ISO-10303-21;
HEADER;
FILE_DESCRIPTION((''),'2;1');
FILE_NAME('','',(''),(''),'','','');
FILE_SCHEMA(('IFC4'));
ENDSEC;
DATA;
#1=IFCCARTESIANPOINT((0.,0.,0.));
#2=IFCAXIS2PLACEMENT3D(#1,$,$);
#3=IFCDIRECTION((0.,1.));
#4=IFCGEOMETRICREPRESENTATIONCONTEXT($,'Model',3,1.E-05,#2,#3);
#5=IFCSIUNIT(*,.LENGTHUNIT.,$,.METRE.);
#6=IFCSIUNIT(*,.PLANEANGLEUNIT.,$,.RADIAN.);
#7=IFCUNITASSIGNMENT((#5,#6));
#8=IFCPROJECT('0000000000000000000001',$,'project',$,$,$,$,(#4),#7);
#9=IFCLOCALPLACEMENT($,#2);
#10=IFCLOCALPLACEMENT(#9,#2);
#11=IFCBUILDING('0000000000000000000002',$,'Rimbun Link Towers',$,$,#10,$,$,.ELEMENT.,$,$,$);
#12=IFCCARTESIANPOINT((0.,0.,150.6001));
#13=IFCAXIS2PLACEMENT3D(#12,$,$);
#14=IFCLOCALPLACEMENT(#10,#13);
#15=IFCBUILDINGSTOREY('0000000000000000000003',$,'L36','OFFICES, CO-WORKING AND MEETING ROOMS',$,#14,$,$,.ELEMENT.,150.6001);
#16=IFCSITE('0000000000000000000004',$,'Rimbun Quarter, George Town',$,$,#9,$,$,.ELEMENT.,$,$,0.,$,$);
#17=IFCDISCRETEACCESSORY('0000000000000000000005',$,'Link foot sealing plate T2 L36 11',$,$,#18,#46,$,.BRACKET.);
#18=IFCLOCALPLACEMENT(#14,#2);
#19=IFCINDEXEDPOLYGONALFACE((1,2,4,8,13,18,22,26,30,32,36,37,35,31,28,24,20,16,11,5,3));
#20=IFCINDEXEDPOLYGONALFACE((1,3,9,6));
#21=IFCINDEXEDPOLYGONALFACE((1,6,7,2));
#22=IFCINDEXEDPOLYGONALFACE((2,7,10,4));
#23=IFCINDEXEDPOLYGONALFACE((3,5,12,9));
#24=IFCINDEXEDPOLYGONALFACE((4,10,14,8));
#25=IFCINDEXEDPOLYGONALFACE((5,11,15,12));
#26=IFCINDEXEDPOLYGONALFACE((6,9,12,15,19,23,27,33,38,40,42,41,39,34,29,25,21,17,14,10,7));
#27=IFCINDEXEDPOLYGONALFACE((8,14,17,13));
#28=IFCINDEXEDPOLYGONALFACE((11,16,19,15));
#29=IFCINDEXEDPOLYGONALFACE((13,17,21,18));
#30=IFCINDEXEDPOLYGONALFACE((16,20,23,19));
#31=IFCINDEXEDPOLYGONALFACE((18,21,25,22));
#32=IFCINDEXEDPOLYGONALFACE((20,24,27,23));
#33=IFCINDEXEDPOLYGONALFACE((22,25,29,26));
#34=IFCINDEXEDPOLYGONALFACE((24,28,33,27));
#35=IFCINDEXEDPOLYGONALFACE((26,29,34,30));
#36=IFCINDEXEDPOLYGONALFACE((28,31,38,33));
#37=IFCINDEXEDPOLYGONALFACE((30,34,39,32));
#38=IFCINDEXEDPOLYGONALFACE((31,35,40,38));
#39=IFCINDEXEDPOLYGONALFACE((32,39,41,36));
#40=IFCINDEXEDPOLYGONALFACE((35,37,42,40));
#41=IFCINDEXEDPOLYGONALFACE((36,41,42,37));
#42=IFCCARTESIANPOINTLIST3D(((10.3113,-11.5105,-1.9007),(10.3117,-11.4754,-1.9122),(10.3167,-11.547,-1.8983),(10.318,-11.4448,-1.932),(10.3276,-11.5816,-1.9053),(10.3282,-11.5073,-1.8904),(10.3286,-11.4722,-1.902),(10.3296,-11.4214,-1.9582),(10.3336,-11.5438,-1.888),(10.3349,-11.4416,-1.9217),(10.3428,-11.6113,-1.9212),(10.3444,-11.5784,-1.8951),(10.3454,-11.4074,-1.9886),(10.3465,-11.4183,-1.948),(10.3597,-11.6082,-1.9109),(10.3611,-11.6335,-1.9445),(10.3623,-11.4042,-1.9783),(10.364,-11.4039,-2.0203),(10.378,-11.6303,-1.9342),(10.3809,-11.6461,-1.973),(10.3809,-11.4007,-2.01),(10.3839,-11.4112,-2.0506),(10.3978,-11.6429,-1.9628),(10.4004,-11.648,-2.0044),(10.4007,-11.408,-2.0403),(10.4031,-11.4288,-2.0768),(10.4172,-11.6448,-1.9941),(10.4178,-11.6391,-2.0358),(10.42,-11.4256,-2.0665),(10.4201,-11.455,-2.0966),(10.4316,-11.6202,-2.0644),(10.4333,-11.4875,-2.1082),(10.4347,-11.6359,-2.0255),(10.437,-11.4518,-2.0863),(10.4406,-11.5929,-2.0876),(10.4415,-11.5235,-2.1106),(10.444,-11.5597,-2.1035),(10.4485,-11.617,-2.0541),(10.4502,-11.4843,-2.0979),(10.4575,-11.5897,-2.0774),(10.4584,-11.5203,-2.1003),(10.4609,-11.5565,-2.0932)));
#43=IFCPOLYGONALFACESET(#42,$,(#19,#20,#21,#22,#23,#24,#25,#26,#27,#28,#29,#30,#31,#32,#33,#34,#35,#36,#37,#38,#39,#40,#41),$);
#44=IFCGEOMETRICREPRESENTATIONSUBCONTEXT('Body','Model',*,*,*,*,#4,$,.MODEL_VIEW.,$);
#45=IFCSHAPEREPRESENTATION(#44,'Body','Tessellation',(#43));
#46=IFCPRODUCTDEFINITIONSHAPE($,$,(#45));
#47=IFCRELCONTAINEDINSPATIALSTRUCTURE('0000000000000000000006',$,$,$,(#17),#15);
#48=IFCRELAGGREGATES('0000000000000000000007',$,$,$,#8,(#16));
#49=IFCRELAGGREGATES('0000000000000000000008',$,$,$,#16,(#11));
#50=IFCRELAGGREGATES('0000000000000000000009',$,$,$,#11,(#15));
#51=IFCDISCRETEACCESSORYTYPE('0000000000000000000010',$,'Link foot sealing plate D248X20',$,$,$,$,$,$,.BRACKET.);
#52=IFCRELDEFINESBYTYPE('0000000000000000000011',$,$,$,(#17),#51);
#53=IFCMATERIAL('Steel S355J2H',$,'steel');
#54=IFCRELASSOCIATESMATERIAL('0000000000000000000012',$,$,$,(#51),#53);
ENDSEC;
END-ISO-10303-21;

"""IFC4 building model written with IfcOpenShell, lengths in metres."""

from ifc_helpers import new_model, si_unit, direction, frame, origin, origin_2d, place, context, subcontext, project, spatial, circle, extrude, material, material_profile, profile_set, type_object, element, save


model = new_model("IFC4")

# Units and contexts
model_context = context("Model", 3, precision=1e-05, world=origin(), true_north=direction((0.0, 1.0)))
body_context = subcontext(model_context, "Body", "Model", "MODEL_VIEW")
ifc_project = project(units=[si_unit("LENGTHUNIT", "METRE"), si_unit("PLANEANGLEUNIT", "RADIAN")], contexts=[model_context])

# Site, building, storey
site_placement = place(None, origin())
site = spatial("IfcSite", under=ifc_project, at=site_placement, Name="Rimbun Quarter, George Town", CompositionType="ELEMENT", RefElevation=0.0)
building_placement = place(site_placement, origin())
building = spatial("IfcBuilding", under=site, at=building_placement, Name="Rimbun Link Towers", CompositionType="ELEMENT")
storey_placement = place(building_placement, frame((0.0, 0.0, 150.6001)))
storey = spatial("IfcBuildingStorey", under=building, at=storey_placement, Name="L36", Description="OFFICES, CO-WORKING AND MEETING ROOMS", CompositionType="ELEMENT", Elevation=150.6001)

# Discrete accessory
ifc_material_1 = material(Name="Steel S355J2H", Category="steel")
ifc_material_profile_1 = material_profile(ifc_material_1, circle(Radius=0.124, at=origin_2d()), Name="PL D248")
ifc_profile_set_1 = profile_set([ifc_material_profile_1], Name="Steel S355J2H")
discrete_accessory_type = type_object("IfcDiscreteAccessoryType", Name="Link foot sealing plate D248X20", PredefinedType="BRACKET", material=ifc_profile_set_1)
discrete_accessory_placement = place(storey_placement, frame((10.3943, -11.5229, -1.9941), z_axis=(-0.843347, -0.158891, -0.513342), x_axis=(0.185148, -0.982711, 0.0)))
element("IfcDiscreteAccessory", 1, at=discrete_accessory_placement, inside=storey, type_object=discrete_accessory_type, Name="Link foot sealing plate T2 L36 11", PredefinedType="BRACKET", context=body_context, shape_type="SweptSolid", body=[
    extrude(circle(Radius=0.124, at=origin_2d()), origin(), (0.0, 0.0, 1.0), 0.02),
])

save(model, "model.ifc")
